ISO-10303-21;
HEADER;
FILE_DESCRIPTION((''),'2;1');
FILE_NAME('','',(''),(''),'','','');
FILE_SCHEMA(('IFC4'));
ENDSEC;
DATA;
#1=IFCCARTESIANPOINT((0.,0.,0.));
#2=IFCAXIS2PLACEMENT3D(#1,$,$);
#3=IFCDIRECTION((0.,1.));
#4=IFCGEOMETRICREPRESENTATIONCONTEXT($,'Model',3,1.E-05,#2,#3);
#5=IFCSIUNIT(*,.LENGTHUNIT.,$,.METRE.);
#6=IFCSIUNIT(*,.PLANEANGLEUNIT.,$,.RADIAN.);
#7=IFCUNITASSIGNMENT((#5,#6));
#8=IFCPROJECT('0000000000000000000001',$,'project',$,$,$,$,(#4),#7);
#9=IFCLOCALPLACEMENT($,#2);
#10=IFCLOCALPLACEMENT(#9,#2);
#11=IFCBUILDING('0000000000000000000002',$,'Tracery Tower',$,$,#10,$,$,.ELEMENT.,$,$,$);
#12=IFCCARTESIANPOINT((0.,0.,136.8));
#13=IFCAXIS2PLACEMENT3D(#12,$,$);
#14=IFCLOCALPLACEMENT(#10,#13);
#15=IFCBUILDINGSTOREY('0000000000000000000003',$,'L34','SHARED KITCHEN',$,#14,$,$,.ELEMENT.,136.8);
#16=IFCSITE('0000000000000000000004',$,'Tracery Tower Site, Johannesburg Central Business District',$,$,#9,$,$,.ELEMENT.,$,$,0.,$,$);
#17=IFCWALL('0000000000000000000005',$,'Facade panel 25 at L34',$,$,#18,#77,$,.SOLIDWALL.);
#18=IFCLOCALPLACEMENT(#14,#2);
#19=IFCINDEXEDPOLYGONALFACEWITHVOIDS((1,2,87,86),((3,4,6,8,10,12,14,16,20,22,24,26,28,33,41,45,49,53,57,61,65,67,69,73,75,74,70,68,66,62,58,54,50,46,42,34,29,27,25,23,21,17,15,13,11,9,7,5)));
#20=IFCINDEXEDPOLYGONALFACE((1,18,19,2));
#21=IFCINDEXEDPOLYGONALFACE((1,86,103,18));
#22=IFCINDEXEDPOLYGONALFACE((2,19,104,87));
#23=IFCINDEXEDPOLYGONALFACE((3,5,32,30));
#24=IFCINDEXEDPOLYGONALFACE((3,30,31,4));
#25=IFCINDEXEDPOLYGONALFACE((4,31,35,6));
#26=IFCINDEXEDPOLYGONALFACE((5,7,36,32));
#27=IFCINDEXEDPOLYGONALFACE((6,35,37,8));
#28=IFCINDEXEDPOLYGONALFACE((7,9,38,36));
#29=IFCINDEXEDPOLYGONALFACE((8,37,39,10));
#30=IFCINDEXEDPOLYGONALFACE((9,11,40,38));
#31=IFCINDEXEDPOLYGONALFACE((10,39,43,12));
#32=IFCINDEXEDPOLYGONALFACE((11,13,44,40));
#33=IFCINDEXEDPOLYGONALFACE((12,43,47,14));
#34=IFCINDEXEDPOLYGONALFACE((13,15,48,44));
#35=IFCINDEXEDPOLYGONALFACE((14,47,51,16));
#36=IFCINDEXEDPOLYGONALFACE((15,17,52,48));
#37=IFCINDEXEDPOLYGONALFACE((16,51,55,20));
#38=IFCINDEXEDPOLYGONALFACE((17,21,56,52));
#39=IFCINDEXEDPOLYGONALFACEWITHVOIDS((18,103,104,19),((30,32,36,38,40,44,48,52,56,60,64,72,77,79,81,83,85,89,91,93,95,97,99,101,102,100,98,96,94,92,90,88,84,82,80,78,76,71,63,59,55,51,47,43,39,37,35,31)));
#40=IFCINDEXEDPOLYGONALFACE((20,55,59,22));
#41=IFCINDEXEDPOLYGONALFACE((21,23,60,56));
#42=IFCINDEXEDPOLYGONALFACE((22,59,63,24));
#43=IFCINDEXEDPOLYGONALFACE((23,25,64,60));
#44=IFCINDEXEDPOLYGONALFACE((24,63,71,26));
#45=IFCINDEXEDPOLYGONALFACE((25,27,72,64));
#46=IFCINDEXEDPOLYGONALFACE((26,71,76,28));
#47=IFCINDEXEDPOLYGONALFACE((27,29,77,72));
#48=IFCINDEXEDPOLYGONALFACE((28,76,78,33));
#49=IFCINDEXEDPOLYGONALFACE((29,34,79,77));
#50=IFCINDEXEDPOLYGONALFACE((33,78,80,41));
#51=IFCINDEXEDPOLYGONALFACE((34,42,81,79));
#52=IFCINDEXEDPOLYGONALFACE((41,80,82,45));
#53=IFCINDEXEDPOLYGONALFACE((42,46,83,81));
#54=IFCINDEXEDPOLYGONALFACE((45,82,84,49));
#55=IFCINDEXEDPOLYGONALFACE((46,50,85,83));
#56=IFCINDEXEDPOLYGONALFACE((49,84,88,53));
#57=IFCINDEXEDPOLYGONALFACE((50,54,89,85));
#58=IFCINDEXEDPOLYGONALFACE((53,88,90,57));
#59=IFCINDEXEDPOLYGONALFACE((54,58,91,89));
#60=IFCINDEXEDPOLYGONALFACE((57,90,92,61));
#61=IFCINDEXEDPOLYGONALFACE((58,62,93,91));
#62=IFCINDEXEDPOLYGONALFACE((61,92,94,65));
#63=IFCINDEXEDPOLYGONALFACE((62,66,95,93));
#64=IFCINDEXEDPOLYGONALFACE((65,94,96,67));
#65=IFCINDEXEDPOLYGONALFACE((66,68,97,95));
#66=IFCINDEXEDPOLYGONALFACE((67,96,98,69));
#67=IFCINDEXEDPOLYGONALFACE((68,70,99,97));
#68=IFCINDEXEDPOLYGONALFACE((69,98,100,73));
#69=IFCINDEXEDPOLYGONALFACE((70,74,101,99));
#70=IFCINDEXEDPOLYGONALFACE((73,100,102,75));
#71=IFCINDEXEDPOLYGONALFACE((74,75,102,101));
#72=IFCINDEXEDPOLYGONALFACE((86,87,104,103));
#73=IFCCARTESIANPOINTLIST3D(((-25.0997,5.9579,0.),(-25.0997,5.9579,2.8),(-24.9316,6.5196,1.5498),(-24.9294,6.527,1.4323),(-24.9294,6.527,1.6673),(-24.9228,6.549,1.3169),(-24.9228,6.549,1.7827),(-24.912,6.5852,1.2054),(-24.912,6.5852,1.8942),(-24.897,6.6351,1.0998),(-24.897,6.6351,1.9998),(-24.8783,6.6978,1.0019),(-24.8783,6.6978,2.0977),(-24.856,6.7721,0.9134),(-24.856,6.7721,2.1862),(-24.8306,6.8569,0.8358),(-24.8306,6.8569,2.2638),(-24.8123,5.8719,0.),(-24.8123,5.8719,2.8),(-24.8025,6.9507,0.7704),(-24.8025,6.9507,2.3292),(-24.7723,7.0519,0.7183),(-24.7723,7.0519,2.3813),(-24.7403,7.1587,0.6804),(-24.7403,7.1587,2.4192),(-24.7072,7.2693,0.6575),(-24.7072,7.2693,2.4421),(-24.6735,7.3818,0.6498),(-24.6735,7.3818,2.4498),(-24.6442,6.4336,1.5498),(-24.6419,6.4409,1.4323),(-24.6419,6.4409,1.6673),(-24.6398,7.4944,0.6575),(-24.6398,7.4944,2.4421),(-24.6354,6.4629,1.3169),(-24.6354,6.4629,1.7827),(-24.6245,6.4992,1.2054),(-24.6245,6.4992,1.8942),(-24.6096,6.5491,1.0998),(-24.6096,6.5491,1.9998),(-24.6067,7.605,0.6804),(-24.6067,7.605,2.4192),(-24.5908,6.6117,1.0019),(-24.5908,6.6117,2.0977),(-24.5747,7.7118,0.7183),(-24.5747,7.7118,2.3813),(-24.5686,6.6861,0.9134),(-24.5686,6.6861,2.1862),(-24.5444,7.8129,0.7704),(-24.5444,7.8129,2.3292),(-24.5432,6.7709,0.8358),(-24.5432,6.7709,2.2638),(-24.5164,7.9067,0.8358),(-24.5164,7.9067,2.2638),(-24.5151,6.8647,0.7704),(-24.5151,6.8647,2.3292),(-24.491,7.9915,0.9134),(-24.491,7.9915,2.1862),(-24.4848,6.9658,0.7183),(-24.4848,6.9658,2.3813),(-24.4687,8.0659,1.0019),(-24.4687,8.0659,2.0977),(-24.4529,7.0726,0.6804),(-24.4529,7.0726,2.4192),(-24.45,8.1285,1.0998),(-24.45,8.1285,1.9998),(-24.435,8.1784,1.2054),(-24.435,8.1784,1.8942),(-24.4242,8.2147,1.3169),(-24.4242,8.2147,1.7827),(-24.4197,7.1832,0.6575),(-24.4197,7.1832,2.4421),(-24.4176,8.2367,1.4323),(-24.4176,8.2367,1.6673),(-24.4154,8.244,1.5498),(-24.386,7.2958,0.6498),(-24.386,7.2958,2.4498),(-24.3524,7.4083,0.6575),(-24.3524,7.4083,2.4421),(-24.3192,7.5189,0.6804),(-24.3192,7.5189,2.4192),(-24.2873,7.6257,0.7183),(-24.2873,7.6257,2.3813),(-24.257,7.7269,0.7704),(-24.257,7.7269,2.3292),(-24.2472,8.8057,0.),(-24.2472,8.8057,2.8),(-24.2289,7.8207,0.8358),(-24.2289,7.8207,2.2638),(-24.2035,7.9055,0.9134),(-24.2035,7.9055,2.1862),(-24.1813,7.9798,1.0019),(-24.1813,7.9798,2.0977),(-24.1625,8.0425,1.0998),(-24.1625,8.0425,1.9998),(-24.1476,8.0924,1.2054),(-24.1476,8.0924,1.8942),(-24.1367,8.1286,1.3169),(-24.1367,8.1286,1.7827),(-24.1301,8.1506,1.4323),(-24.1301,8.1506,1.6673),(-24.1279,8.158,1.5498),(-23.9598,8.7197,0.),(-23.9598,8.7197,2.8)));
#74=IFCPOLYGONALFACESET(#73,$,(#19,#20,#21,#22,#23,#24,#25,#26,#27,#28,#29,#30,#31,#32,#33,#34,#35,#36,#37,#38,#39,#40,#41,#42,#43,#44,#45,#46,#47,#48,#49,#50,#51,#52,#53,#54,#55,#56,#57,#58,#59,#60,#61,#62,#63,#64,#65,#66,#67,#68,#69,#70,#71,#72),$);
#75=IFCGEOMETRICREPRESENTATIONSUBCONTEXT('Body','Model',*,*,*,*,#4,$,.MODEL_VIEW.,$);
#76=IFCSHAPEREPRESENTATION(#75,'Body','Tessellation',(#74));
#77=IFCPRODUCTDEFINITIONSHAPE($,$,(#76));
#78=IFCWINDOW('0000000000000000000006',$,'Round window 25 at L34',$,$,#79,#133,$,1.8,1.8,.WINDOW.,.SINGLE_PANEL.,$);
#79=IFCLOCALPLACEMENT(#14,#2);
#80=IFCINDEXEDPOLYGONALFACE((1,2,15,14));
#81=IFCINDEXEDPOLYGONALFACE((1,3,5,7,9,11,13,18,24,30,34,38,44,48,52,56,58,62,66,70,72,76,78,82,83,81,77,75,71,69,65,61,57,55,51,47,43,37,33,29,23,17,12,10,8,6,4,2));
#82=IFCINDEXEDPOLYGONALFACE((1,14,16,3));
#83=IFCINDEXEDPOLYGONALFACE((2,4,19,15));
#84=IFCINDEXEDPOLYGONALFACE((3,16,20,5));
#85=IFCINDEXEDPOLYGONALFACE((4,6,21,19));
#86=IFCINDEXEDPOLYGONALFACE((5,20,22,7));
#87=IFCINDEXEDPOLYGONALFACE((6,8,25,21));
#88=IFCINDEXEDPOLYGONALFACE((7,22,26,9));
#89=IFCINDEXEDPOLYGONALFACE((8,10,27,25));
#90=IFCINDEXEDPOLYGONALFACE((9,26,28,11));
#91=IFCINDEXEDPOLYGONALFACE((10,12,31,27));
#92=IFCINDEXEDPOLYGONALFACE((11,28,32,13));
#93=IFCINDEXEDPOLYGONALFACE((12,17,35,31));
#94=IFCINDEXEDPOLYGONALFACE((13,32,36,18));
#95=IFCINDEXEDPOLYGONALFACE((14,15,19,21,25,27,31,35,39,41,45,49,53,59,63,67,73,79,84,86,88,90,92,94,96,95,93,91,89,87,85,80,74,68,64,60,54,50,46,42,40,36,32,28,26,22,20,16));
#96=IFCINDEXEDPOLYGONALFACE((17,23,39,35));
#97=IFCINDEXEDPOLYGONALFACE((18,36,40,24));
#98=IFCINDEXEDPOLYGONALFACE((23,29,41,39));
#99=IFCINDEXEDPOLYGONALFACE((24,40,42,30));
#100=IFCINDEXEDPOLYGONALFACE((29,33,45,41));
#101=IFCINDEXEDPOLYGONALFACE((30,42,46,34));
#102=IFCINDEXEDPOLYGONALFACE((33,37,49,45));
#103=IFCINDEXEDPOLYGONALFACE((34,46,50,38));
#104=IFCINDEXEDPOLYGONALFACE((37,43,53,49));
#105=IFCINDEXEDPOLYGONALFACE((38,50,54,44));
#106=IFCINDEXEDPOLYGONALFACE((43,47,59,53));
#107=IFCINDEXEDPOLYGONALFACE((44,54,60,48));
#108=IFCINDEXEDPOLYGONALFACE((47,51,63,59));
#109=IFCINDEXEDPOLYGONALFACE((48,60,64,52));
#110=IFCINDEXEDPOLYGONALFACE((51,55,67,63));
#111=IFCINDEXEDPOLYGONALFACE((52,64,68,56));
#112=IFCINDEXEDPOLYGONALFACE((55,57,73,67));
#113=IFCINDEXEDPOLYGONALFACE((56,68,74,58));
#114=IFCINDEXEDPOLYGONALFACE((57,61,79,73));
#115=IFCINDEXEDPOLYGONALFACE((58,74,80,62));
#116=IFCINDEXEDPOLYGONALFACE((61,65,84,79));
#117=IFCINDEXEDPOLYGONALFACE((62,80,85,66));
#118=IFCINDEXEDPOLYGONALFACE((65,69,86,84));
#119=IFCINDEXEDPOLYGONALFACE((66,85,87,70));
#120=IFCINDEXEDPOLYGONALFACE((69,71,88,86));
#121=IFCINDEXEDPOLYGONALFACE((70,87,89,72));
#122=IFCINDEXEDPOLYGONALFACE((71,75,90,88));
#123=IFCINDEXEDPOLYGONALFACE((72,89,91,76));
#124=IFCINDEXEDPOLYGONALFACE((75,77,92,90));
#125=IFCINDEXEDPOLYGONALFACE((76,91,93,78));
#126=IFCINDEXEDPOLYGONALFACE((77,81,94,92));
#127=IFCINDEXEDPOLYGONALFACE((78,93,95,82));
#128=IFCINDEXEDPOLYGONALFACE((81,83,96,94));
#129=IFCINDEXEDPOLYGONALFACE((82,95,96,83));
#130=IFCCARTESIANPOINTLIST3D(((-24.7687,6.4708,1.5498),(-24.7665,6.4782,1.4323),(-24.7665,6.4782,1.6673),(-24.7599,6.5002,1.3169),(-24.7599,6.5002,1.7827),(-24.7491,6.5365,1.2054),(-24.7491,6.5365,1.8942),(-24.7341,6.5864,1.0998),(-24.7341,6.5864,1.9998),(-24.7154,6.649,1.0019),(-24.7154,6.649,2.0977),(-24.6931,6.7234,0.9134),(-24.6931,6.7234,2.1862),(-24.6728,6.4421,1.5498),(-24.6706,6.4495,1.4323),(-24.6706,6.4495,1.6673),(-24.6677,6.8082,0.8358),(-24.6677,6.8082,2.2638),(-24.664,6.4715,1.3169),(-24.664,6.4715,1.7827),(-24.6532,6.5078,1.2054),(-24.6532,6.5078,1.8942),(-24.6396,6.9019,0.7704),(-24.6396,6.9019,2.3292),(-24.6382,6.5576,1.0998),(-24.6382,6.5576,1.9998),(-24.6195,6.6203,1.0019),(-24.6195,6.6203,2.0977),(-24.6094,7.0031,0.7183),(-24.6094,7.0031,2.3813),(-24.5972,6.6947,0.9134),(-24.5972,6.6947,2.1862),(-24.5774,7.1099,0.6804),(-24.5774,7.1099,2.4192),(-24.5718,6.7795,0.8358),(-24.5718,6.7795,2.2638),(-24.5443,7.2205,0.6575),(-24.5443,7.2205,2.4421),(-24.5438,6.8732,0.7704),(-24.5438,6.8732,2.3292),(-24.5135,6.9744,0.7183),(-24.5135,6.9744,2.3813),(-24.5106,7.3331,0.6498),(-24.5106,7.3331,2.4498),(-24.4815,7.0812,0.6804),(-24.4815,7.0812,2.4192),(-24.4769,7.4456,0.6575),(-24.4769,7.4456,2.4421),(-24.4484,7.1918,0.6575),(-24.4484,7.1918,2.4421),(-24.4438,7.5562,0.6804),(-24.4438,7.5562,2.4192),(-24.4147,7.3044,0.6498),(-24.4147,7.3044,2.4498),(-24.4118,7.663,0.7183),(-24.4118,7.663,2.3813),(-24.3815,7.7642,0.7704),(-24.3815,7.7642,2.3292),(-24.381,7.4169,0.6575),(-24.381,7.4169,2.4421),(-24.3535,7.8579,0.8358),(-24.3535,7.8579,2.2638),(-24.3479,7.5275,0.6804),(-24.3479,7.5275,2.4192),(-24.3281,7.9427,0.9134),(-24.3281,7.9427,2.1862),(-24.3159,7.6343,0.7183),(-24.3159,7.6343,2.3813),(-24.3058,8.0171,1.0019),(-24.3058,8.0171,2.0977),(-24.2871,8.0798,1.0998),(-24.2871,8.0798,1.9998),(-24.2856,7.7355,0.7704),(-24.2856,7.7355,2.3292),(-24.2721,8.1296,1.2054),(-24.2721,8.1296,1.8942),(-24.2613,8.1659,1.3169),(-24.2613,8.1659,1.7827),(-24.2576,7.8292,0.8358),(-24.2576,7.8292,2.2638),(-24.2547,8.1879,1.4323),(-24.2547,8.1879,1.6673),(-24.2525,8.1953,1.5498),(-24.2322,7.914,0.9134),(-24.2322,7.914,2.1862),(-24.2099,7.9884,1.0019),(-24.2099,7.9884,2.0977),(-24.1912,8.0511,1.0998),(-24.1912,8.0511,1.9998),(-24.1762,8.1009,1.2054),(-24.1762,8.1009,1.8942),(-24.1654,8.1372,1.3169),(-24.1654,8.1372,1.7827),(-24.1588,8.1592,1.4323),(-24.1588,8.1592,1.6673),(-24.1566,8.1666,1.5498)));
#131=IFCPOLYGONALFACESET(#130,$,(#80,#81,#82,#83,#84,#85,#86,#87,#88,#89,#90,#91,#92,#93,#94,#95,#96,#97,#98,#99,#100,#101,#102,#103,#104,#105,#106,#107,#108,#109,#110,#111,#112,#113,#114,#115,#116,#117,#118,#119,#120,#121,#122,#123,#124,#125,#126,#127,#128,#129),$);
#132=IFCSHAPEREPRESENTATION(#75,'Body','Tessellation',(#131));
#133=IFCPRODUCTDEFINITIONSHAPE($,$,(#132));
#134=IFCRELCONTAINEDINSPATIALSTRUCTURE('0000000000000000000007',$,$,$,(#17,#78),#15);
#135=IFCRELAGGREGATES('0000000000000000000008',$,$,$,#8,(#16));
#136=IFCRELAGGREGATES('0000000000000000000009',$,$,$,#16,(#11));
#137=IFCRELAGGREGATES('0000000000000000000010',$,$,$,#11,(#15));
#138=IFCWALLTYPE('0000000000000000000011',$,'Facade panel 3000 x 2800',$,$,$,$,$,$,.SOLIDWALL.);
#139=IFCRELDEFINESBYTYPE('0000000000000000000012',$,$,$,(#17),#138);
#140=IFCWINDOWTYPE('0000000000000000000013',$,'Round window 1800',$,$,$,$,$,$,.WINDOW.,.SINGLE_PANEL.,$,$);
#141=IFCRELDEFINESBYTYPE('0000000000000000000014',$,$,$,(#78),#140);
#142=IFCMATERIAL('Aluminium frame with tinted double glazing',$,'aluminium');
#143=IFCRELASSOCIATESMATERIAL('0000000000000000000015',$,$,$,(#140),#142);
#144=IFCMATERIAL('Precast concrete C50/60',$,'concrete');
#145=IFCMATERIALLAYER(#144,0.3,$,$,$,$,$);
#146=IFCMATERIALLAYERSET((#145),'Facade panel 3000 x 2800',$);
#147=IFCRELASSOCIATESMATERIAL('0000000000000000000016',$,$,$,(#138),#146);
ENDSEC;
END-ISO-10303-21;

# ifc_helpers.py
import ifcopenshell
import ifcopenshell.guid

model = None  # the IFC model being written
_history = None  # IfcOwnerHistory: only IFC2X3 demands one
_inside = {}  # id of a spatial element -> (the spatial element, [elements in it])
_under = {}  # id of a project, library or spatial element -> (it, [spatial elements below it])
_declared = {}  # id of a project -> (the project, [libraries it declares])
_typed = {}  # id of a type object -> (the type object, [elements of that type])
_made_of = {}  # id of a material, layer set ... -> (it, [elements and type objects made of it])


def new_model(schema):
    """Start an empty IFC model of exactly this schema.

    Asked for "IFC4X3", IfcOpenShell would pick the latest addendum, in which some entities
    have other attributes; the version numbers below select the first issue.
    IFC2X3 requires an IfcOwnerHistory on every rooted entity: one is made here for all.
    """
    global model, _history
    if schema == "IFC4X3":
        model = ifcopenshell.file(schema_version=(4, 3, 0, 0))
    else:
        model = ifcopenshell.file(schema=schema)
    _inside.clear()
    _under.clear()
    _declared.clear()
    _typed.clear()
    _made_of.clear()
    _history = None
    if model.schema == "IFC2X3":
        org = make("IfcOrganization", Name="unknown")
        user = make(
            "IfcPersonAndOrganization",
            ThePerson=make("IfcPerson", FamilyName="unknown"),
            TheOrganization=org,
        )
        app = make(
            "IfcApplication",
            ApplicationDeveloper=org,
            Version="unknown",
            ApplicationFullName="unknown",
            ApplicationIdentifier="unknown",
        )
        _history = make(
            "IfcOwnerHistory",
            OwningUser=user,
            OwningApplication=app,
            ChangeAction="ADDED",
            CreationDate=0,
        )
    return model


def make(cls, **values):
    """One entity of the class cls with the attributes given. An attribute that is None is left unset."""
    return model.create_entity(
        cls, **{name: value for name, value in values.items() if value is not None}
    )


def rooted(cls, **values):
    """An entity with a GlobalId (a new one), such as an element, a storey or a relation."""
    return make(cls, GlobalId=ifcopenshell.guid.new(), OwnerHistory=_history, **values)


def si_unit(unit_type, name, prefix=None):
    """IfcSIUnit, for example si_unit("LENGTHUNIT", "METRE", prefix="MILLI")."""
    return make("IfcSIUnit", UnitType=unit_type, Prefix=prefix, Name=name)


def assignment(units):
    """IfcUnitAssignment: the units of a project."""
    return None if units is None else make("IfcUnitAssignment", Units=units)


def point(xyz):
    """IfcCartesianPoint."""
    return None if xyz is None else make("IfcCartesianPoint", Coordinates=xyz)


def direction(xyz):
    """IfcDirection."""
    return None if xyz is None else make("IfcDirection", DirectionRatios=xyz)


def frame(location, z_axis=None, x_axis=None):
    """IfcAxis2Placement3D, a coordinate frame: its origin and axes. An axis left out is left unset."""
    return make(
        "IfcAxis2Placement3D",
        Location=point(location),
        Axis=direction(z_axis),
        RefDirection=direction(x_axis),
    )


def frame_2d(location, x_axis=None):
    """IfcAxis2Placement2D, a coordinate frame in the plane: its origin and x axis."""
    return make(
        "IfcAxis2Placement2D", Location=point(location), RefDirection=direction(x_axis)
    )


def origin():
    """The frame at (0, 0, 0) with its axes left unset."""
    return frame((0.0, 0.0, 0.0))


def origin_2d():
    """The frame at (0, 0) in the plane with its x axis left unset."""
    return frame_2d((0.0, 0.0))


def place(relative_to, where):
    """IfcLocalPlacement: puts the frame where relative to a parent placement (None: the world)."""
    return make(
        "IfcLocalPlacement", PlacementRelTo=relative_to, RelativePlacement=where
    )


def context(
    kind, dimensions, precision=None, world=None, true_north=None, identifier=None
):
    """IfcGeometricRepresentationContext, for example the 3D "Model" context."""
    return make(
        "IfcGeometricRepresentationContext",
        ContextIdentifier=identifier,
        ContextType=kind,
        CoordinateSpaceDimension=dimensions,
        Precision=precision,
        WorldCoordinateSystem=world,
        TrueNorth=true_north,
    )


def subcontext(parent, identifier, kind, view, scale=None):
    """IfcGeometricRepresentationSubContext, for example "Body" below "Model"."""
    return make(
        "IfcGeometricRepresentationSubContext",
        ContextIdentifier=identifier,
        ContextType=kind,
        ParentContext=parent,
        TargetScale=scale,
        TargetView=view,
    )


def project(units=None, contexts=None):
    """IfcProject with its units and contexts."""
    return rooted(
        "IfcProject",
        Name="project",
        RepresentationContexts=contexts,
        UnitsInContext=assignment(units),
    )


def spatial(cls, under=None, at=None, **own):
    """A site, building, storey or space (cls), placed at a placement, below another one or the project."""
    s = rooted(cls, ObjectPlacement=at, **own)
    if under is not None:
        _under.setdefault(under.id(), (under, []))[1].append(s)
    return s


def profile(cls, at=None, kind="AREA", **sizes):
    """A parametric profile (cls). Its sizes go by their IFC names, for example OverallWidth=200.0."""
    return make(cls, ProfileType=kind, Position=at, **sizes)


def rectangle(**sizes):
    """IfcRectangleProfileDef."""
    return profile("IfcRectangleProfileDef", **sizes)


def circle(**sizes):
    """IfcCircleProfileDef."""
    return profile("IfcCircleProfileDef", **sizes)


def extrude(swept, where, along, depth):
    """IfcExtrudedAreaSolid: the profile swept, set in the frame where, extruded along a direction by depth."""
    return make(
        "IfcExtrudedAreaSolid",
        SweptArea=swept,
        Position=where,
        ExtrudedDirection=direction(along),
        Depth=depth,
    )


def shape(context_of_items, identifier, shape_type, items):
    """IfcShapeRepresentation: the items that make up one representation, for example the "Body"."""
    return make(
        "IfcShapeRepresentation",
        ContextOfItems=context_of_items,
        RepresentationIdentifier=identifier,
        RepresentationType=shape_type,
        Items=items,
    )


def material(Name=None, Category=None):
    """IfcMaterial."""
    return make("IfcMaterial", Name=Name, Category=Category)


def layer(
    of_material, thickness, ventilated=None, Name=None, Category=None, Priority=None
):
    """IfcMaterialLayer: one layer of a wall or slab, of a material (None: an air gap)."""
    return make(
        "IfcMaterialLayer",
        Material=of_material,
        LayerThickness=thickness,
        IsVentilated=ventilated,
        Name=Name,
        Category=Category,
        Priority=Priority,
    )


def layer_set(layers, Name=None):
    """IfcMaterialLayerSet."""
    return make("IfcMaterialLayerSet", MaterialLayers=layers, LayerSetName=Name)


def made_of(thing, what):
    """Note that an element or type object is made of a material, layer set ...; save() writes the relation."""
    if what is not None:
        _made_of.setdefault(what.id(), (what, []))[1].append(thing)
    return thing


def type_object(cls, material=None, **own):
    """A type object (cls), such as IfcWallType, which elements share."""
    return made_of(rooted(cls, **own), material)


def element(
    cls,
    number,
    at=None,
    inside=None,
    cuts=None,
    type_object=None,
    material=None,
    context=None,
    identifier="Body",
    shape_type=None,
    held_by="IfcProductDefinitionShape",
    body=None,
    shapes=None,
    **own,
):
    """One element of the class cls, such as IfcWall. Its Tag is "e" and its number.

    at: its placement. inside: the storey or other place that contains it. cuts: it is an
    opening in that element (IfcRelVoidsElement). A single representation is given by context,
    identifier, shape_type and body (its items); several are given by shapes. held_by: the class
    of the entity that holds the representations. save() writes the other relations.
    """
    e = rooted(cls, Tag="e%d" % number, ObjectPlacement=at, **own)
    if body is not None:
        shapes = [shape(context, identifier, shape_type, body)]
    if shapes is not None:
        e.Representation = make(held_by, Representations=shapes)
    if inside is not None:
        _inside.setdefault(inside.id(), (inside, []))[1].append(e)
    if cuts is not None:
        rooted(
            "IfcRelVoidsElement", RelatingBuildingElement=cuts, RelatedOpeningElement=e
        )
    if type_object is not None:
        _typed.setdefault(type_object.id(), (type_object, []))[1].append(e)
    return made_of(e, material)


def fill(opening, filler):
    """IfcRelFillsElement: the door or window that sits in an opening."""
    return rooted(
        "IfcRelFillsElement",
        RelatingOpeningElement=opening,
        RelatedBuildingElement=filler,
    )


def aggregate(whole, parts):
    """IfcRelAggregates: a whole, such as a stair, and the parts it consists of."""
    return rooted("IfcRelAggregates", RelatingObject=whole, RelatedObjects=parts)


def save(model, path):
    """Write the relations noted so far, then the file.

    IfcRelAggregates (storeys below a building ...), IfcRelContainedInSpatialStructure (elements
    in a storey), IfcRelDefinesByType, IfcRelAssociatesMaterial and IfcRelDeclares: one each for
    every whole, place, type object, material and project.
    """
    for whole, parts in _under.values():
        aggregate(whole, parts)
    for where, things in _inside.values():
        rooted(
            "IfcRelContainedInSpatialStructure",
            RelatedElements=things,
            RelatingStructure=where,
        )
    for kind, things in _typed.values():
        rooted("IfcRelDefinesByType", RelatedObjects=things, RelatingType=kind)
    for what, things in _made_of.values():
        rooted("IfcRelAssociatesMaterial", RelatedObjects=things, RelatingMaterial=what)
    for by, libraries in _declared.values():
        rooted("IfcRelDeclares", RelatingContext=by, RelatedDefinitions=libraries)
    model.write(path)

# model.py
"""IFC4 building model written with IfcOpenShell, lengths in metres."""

from ifc_helpers import new_model, si_unit, direction, frame, frame_2d, origin, origin_2d, place, context, subcontext, project, spatial, rectangle, circle, extrude, material, layer, layer_set, type_object, element, fill, save


model = new_model("IFC4")

# Units and contexts
model_context = context("Model", 3, precision=1e-05, world=origin(), true_north=direction((0.0, 1.0)))
body_context = subcontext(model_context, "Body", "Model", "MODEL_VIEW")
ifc_project = project(units=[si_unit("LENGTHUNIT", "METRE"), si_unit("PLANEANGLEUNIT", "RADIAN")], contexts=[model_context])

# Site, building, storey
site_placement = place(None, origin())
site = spatial("IfcSite", under=ifc_project, at=site_placement, Name="Tracery Tower Site, Johannesburg Central Business District", CompositionType="ELEMENT", RefElevation=0.0)
building_placement = place(site_placement, origin())
building = spatial("IfcBuilding", under=site, at=building_placement, Name="Tracery Tower", CompositionType="ELEMENT")
storey_placement = place(building_placement, frame((0.0, 0.0, 136.8)))
storey = spatial("IfcBuildingStorey", under=building, at=storey_placement, Name="L34", Description="SHARED KITCHEN", CompositionType="ELEMENT", Elevation=136.8)

# Wall, opening, window
ifc_material_1 = material(Name="Aluminium frame with tinted double glazing", Category="aluminium")
window_type = type_object("IfcWindowType", Name="Round window 1800", PartitioningType="SINGLE_PANEL", PredefinedType="WINDOW", material=ifc_material_1)
ifc_material_2 = material(Name="Precast concrete C50/60", Category="concrete")
ifc_layer_1 = layer(ifc_material_2, 0.3)
ifc_layer_set_1 = layer_set([ifc_layer_1], Name="Facade panel 3000 x 2800")
wall_type_1 = type_object("IfcWallType", Name="Facade panel 3000 x 2800", PredefinedType="SOLIDWALL", material=ifc_layer_set_1)
wall_1_placement = place(storey_placement, frame((-24.1035, 8.7627, 0.0), z_axis=(0.0, 0.0, 1.0), x_axis=(-0.286783, -0.957996, 0.0)))
wall_1 = element("IfcWall", 1, at=wall_1_placement, inside=storey, type_object=wall_type_1, Name="Facade panel 25 at L34", PredefinedType="SOLIDWALL", context=body_context, shape_type="SweptSolid", body=[
    extrude(rectangle(XDim=2.9727, YDim=0.3, at=frame_2d((1.4863, 0.0))), origin(), (0.0, 0.0, 1.0), 2.8),
])
opening_1_placement = place(wall_1_placement, frame((1.4863, 0.0, 1.5498)))
opening_1 = element("IfcOpeningElement", 2, at=opening_1_placement, cuts=wall_1, PredefinedType="OPENING", context=body_context, shape_type="SweptSolid", body=[
    extrude(circle(Radius=0.9, at=origin_2d()), frame((0.0, 0.1599, 0.0), z_axis=(0.0, -1.0, 0.0), x_axis=(1.0, 0.0, 0.0)), (0.0, 0.0, 1.0), 0.3201),
])
window_1_placement = place(opening_1_placement, origin())
window_1 = element("IfcWindow", 3, at=window_1_placement, inside=storey, type_object=window_type, Name="Round window 25 at L34", OverallHeight=1.8, OverallWidth=1.8, PartitioningType="SINGLE_PANEL", PredefinedType="WINDOW", context=body_context, shape_type="SweptSolid", body=[
    extrude(circle(Radius=0.9, at=origin_2d()), frame((0.0, 0.1201, 0.0), z_axis=(0.0, -1.0, 0.0), x_axis=(1.0, 0.0, 0.0)), (0.0, 0.0, 1.0), 0.1001),
])
fill(opening_1, window_1)

save(model, "model.ifc")
